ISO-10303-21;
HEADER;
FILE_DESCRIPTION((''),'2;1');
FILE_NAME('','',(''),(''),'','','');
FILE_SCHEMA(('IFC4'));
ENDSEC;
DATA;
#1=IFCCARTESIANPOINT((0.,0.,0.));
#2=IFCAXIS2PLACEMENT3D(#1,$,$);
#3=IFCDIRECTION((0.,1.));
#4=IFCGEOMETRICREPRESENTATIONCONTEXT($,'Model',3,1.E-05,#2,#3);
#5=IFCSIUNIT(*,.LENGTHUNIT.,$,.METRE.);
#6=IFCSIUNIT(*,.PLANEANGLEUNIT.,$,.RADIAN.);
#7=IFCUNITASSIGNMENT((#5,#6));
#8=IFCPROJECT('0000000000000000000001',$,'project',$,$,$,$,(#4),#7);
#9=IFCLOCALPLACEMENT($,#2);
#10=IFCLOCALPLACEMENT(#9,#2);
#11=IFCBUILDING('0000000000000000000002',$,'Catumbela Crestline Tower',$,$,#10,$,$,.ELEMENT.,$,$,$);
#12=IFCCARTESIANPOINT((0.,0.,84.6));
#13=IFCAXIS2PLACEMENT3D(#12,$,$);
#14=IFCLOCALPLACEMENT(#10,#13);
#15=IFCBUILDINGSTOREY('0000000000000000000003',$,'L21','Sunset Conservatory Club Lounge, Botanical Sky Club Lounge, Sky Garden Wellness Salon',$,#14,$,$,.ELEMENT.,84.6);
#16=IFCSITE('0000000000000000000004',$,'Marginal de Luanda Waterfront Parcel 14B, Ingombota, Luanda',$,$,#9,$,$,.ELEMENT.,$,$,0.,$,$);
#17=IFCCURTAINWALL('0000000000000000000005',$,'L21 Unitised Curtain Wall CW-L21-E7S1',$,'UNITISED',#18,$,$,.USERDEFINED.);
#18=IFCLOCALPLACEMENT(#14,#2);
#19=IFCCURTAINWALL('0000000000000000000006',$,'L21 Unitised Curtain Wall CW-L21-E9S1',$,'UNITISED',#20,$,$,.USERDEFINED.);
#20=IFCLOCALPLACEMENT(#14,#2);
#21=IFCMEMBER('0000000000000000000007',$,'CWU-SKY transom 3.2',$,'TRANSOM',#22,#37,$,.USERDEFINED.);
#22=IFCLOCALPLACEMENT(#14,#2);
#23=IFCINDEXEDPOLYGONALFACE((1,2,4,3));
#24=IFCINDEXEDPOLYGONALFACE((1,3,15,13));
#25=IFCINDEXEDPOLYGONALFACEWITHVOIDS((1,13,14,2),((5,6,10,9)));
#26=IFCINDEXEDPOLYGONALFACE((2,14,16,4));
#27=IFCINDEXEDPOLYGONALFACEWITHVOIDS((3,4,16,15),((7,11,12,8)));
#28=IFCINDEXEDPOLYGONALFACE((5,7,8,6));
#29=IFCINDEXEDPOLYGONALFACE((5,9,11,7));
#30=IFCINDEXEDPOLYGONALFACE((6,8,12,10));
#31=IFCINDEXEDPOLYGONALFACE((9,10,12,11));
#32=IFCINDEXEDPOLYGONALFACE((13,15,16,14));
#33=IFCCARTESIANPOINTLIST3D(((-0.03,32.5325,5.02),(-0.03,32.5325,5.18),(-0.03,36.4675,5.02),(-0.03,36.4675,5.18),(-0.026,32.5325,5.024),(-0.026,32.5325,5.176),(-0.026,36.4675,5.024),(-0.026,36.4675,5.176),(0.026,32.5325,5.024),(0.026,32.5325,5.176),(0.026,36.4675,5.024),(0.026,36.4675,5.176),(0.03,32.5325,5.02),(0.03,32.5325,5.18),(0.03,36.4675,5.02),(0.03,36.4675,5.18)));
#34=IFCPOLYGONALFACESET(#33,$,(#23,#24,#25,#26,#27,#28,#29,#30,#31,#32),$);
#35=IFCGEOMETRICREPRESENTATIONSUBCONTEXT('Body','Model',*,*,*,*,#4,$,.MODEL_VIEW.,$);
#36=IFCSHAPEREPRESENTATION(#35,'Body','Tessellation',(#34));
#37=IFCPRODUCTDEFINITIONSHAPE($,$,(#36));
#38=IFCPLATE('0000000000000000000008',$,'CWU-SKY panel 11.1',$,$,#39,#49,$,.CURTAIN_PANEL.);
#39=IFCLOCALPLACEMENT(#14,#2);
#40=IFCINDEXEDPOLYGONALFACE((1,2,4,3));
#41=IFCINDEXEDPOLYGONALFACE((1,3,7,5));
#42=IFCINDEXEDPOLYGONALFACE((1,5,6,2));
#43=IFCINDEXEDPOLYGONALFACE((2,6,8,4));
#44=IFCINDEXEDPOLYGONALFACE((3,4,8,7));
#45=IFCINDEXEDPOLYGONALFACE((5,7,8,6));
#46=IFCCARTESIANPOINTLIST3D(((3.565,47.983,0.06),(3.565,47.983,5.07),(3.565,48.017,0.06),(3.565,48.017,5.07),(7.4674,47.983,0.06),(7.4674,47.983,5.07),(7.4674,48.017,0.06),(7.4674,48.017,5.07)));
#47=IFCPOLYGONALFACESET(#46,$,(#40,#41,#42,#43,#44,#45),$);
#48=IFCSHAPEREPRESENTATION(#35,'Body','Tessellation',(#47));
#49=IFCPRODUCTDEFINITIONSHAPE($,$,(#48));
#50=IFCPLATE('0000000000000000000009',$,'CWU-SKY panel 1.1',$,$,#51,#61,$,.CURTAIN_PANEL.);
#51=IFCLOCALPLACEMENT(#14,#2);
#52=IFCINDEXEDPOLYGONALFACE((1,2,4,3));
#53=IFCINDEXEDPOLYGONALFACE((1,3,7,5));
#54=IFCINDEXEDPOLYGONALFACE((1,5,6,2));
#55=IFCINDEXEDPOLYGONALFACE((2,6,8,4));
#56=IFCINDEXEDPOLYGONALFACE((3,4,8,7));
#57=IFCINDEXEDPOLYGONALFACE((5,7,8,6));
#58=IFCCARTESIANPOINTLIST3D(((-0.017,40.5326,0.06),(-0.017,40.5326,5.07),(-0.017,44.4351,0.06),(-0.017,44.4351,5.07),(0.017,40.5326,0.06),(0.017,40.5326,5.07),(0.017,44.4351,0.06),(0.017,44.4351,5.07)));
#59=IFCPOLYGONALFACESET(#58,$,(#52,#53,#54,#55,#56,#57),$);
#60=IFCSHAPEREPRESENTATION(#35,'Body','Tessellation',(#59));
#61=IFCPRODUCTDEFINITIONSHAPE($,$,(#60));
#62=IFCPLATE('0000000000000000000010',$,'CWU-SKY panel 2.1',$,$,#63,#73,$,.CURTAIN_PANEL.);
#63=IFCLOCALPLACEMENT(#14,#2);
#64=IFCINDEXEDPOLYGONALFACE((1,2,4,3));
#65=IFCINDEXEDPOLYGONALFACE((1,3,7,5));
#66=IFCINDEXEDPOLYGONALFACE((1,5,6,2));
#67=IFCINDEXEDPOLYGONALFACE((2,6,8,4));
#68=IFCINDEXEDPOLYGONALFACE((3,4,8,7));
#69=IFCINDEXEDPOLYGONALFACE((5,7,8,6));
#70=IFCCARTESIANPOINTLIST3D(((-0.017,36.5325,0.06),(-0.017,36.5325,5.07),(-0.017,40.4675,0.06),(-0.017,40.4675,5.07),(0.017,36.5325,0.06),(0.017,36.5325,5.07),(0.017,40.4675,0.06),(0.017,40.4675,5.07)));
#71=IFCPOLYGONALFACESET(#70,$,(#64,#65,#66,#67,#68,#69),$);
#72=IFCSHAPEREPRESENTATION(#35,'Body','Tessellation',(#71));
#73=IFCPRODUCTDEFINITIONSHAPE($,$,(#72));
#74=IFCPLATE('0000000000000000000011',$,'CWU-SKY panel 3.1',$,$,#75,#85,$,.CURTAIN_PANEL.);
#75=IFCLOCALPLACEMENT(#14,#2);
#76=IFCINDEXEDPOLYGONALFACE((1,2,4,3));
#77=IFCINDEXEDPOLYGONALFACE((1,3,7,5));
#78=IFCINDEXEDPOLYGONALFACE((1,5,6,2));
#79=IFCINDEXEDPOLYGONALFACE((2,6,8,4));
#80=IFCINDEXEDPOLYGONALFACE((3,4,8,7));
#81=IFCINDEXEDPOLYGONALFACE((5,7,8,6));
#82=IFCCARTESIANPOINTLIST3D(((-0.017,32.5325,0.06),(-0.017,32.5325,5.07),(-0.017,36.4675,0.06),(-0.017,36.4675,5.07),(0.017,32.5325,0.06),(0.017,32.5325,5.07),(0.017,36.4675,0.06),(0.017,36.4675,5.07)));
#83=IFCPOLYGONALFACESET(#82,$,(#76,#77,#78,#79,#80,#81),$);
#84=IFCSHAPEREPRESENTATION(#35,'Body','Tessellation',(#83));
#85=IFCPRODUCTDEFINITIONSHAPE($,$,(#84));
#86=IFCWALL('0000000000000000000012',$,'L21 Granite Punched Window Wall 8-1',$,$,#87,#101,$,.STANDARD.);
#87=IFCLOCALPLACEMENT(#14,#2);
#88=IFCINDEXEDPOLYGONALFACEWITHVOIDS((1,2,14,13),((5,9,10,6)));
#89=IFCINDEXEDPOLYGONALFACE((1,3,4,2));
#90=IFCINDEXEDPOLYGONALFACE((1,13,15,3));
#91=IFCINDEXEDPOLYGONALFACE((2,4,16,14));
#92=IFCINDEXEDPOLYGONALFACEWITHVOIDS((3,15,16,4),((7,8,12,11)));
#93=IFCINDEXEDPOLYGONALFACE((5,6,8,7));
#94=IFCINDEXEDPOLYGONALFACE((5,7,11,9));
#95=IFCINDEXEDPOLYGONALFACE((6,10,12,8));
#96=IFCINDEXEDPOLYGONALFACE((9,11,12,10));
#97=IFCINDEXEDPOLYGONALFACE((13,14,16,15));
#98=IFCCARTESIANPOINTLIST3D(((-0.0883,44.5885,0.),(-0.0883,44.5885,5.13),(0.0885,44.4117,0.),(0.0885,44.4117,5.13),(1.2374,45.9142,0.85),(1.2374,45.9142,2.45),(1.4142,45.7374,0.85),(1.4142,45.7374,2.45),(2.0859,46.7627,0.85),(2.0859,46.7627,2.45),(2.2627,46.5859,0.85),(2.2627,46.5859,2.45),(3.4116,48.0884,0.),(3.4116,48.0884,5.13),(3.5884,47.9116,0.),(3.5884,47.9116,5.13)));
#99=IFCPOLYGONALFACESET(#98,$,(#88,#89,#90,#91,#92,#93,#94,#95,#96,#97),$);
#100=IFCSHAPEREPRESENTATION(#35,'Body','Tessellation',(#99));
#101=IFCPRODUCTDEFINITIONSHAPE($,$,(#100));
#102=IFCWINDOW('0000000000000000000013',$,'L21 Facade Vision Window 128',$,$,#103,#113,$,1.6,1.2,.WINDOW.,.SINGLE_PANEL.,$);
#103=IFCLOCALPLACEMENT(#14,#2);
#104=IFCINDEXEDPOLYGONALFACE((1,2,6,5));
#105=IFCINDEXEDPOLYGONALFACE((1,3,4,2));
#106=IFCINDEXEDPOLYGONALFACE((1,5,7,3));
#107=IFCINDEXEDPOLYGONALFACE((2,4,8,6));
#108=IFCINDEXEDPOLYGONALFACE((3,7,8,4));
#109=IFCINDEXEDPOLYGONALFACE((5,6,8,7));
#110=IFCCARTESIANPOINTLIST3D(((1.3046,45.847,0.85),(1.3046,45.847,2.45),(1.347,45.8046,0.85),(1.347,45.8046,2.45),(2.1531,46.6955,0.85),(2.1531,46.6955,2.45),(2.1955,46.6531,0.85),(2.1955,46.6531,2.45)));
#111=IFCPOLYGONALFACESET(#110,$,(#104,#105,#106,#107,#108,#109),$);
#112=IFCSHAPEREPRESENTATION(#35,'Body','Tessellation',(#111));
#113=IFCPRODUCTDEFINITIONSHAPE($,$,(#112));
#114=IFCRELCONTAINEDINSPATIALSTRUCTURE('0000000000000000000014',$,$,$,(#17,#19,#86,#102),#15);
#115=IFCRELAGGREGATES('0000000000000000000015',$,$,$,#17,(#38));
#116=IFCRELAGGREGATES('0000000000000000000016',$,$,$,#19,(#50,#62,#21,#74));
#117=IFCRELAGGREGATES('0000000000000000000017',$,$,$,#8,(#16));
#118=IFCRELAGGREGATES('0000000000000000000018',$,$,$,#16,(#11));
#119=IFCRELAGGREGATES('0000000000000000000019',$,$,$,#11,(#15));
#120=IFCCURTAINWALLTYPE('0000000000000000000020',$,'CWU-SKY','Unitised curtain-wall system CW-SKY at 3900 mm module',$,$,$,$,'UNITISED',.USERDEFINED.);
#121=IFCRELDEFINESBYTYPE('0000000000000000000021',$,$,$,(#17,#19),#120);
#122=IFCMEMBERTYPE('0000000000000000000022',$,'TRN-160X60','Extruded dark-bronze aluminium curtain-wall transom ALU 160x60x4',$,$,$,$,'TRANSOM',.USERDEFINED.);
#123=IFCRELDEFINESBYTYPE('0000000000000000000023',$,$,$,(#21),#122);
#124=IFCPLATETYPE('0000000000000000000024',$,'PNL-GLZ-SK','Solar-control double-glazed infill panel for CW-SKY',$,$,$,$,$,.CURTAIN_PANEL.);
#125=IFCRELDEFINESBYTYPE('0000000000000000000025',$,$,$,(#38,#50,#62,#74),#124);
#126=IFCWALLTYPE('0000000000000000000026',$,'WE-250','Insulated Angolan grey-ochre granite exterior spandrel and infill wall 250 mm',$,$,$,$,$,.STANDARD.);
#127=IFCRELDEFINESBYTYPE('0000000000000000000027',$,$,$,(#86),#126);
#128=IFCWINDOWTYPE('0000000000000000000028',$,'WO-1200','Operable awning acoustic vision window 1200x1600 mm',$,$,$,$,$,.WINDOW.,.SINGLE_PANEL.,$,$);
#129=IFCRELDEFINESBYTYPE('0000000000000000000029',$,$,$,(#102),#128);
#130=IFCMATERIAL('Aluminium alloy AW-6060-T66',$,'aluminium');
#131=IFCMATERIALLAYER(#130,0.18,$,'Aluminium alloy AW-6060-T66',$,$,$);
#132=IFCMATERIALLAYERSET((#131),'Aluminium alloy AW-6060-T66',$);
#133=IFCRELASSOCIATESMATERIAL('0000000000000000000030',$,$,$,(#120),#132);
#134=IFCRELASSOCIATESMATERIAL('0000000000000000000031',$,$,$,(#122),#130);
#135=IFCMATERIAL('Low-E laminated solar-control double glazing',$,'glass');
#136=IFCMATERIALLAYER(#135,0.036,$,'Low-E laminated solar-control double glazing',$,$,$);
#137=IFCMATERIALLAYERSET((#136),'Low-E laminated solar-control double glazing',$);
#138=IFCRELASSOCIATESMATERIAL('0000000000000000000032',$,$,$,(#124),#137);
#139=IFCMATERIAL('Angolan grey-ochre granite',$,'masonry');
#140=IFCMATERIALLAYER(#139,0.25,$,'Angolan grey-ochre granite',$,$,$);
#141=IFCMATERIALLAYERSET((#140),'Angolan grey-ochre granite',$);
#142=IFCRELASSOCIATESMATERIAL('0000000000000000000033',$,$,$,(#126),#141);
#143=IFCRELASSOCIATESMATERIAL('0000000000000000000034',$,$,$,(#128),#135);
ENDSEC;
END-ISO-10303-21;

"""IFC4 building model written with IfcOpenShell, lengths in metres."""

from ifc_helpers import new_model, si_unit, direction, frame, frame_2d, origin, origin_2d, place, context, subcontext, project, spatial, rectangle, hollow_rectangle, extrude, material, layer, layer_set, material_profile, profile_set, type_object, element, fill, aggregate, save


model = new_model("IFC4")

# Units and contexts
model_context = context("Model", 3, precision=1e-05, world=origin(), true_north=direction((0.0, 1.0)))
body_context = subcontext(model_context, "Body", "Model", "MODEL_VIEW")
ifc_project = project(units=[si_unit("LENGTHUNIT", "METRE"), si_unit("PLANEANGLEUNIT", "RADIAN")], contexts=[model_context])

# Site, building, storey
site_placement = place(None, origin())
site = spatial("IfcSite", under=ifc_project, at=site_placement, Name="Marginal de Luanda Waterfront Parcel 14B, Ingombota, Luanda", CompositionType="ELEMENT", RefElevation=0.0)
building_placement = place(site_placement, origin())
building = spatial("IfcBuilding", under=site, at=building_placement, Name="Catumbela Crestline Tower", CompositionType="ELEMENT")
storey_placement = place(building_placement, frame((0.0, 0.0, 84.6)))
storey = spatial("IfcBuildingStorey", under=building, at=storey_placement, Name="L21", Description="Sunset Conservatory Club Lounge, Botanical Sky Club Lounge, Sky Garden Wellness Salon", CompositionType="ELEMENT", Elevation=84.6)

# Curtain wall
ifc_material_1 = material(Name="Aluminium alloy AW-6060-T66", Category="aluminium")
ifc_layer_1 = layer(ifc_material_1, 0.18, Name="Aluminium alloy AW-6060-T66")
ifc_layer_set_1 = layer_set([ifc_layer_1], Name="Aluminium alloy AW-6060-T66")
curtain_wall_type = type_object("IfcCurtainWallType", Name="CWU-SKY", Description="Unitised curtain-wall system CW-SKY at 3900 mm module", ElementType="UNITISED", PredefinedType="USERDEFINED", material=ifc_layer_set_1)
curtain_wall_1_placement = place(storey_placement, origin())
curtain_wall_1 = element("IfcCurtainWall", 1, at=curtain_wall_1_placement, inside=storey, type_object=curtain_wall_type, Name="L21 Unitised Curtain Wall CW-L21-E7S1", ObjectType="UNITISED", PredefinedType="USERDEFINED")

# Curtain wall
curtain_wall_2_placement = place(storey_placement, origin())
curtain_wall_2 = element("IfcCurtainWall", 2, at=curtain_wall_2_placement, inside=storey, type_object=curtain_wall_type, Name="L21 Unitised Curtain Wall CW-L21-E9S1", ObjectType="UNITISED", PredefinedType="USERDEFINED")

# Member
ifc_material_profile_1 = material_profile(ifc_material_1, hollow_rectangle(XDim=0.06, YDim=0.16, WallThickness=0.004, at=origin_2d()), Name="ALU 160x60x4")
ifc_profile_set_1 = profile_set([ifc_material_profile_1], Name="Aluminium alloy AW-6060-T66")
member_type_1 = type_object("IfcMemberType", Name="TRN-160X60", Description="Extruded dark-bronze aluminium curtain-wall transom ALU 160x60x4", ElementType="TRANSOM", PredefinedType="USERDEFINED", material=ifc_profile_set_1)
member_1_placement = place(storey_placement, frame((0.0, 36.4675, 5.1), z_axis=(0.0, -1.0, 0.0), x_axis=(1.0, 0.0, 0.0)))
member_1 = element("IfcMember", 3, at=member_1_placement, type_object=member_type_1, Name="CWU-SKY transom 3.2", ObjectType="TRANSOM", PredefinedType="USERDEFINED", context=body_context, shape_type="SweptSolid", body=[
    extrude(hollow_rectangle(XDim=0.06, YDim=0.16, WallThickness=0.004, at=origin_2d()), origin(), (0.0, 0.0, 1.0), 3.935),
])

# Plates
ifc_material_2 = material(Name="Low-E laminated solar-control double glazing", Category="glass")
ifc_layer_2 = layer(ifc_material_2, 0.036, Name="Low-E laminated solar-control double glazing")
ifc_layer_set_2 = layer_set([ifc_layer_2], Name="Low-E laminated solar-control double glazing")
plate_type = type_object("IfcPlateType", Name="PNL-GLZ-SK", Description="Solar-control double-glazed infill panel for CW-SKY", PredefinedType="CURTAIN_PANEL", material=ifc_layer_set_2)
plate_1_placement = place(storey_placement, frame((5.5162, 48.0, 0.06), z_axis=(0.0, 0.0, 1.0), x_axis=(-1.0, 0.0, 0.0)))
plate_1 = element("IfcPlate", 4, at=plate_1_placement, type_object=plate_type, Name="CWU-SKY panel 11.1", PredefinedType="CURTAIN_PANEL", context=body_context, shape_type="SweptSolid", body=[
    extrude(rectangle(XDim=3.9025, YDim=0.034, at=origin_2d()), origin(), (0.0, 0.0, 1.0), 5.01),
])
aggregate(curtain_wall_1, [plate_1])
plate_2_placement = place(storey_placement, frame((0.0, 42.4838, 0.06), z_axis=(0.0, 0.0, 1.0), x_axis=(0.0, -1.0, 0.0)))
plate_2 = element("IfcPlate", 5, at=plate_2_placement, type_object=plate_type, Name="CWU-SKY panel 1.1", PredefinedType="CURTAIN_PANEL", context=body_context, shape_type="SweptSolid", body=[
    extrude(rectangle(XDim=3.9025, YDim=0.034, at=origin_2d()), origin(), (0.0, 0.0, 1.0), 5.01),
])
plate_3_placement = place(storey_placement, frame((0.0, 38.5, 0.06), z_axis=(0.0, 0.0, 1.0), x_axis=(0.0, -1.0, 0.0)))
plate_3 = element("IfcPlate", 6, at=plate_3_placement, type_object=plate_type, Name="CWU-SKY panel 2.1", PredefinedType="CURTAIN_PANEL", context=body_context, shape_type="SweptSolid", body=[
    extrude(rectangle(XDim=3.935, YDim=0.034, at=origin_2d()), origin(), (0.0, 0.0, 1.0), 5.01),
])
plate_4_placement = place(storey_placement, frame((0.0, 34.5, 0.06), z_axis=(0.0, 0.0, 1.0), x_axis=(0.0, -1.0, 0.0)))
plate_4 = element("IfcPlate", 7, at=plate_4_placement, type_object=plate_type, Name="CWU-SKY panel 3.1", PredefinedType="CURTAIN_PANEL", context=body_context, shape_type="SweptSolid", body=[
    extrude(rectangle(XDim=3.935, YDim=0.034, at=origin_2d()), origin(), (0.0, 0.0, 1.0), 5.01),
])
aggregate(curtain_wall_2, [plate_2, plate_3, member_1, plate_4])

# Wall, opening, window
ifc_material_3 = material(Name="Angolan grey-ochre granite", Category="masonry")
ifc_layer_3 = layer(ifc_material_3, 0.25, Name="Angolan grey-ochre granite")
ifc_layer_set_3 = layer_set([ifc_layer_3], Name="Angolan grey-ochre granite")
wall_type = type_object("IfcWallType", Name="WE-250", Description="Insulated Angolan grey-ochre granite exterior spandrel and infill wall 250 mm", PredefinedType="STANDARD", material=ifc_layer_set_3)
wall_placement = place(storey_placement, frame((3.5, 48.0, 0.0), z_axis=(0.0, 0.0, 1.0), x_axis=(-0.707107, -0.707107, 0.0)))
wall = element("IfcWall", 8, at=wall_placement, inside=storey, type_object=wall_type, Name="L21 Granite Punched Window Wall 8-1", PredefinedType="STANDARD", context=body_context, shape_type="SweptSolid", body=[
    extrude(rectangle(XDim=4.9497, YDim=0.25, at=frame_2d((2.4748, 0.0))), origin(), (0.0, 0.0, 1.0), 5.13),
])
opening_placement = place(wall_placement, frame((1.8748, 0.0, 0.85)))
opening = element("IfcOpeningElement", 9, at=opening_placement, cuts=wall, PredefinedType="OPENING", context=body_context, shape_type="SweptSolid", body=[
    extrude(rectangle(XDim=1.2, YDim=1.6, at=frame_2d((0.6, 0.8))), frame((0.0, 0.135, 0.0), z_axis=(0.0, -1.0, 0.0), x_axis=(1.0, 0.0, 0.0)), (0.0, 0.0, 1.0), 0.27),
])
window_type = type_object("IfcWindowType", Name="WO-1200", Description="Operable awning acoustic vision window 1200x1600 mm", PartitioningType="SINGLE_PANEL", PredefinedType="WINDOW", material=ifc_material_2)
window_placement = place(opening_placement, origin())
window = element("IfcWindow", 10, at=window_placement, inside=storey, type_object=window_type, Name="L21 Facade Vision Window 128", OverallHeight=1.6, OverallWidth=1.2, PartitioningType="SINGLE_PANEL", PredefinedType="WINDOW", context=body_context, shape_type="SweptSolid", body=[
    extrude(rectangle(XDim=1.2, YDim=1.6, at=frame_2d((0.6, 0.8))), frame((0.0, 0.03, 0.0), z_axis=(0.0, -1.0, 0.0), x_axis=(1.0, 0.0, 0.0)), (0.0, 0.0, 1.0), 0.06),
])
fill(opening, window)

save(model, "model.ifc")
